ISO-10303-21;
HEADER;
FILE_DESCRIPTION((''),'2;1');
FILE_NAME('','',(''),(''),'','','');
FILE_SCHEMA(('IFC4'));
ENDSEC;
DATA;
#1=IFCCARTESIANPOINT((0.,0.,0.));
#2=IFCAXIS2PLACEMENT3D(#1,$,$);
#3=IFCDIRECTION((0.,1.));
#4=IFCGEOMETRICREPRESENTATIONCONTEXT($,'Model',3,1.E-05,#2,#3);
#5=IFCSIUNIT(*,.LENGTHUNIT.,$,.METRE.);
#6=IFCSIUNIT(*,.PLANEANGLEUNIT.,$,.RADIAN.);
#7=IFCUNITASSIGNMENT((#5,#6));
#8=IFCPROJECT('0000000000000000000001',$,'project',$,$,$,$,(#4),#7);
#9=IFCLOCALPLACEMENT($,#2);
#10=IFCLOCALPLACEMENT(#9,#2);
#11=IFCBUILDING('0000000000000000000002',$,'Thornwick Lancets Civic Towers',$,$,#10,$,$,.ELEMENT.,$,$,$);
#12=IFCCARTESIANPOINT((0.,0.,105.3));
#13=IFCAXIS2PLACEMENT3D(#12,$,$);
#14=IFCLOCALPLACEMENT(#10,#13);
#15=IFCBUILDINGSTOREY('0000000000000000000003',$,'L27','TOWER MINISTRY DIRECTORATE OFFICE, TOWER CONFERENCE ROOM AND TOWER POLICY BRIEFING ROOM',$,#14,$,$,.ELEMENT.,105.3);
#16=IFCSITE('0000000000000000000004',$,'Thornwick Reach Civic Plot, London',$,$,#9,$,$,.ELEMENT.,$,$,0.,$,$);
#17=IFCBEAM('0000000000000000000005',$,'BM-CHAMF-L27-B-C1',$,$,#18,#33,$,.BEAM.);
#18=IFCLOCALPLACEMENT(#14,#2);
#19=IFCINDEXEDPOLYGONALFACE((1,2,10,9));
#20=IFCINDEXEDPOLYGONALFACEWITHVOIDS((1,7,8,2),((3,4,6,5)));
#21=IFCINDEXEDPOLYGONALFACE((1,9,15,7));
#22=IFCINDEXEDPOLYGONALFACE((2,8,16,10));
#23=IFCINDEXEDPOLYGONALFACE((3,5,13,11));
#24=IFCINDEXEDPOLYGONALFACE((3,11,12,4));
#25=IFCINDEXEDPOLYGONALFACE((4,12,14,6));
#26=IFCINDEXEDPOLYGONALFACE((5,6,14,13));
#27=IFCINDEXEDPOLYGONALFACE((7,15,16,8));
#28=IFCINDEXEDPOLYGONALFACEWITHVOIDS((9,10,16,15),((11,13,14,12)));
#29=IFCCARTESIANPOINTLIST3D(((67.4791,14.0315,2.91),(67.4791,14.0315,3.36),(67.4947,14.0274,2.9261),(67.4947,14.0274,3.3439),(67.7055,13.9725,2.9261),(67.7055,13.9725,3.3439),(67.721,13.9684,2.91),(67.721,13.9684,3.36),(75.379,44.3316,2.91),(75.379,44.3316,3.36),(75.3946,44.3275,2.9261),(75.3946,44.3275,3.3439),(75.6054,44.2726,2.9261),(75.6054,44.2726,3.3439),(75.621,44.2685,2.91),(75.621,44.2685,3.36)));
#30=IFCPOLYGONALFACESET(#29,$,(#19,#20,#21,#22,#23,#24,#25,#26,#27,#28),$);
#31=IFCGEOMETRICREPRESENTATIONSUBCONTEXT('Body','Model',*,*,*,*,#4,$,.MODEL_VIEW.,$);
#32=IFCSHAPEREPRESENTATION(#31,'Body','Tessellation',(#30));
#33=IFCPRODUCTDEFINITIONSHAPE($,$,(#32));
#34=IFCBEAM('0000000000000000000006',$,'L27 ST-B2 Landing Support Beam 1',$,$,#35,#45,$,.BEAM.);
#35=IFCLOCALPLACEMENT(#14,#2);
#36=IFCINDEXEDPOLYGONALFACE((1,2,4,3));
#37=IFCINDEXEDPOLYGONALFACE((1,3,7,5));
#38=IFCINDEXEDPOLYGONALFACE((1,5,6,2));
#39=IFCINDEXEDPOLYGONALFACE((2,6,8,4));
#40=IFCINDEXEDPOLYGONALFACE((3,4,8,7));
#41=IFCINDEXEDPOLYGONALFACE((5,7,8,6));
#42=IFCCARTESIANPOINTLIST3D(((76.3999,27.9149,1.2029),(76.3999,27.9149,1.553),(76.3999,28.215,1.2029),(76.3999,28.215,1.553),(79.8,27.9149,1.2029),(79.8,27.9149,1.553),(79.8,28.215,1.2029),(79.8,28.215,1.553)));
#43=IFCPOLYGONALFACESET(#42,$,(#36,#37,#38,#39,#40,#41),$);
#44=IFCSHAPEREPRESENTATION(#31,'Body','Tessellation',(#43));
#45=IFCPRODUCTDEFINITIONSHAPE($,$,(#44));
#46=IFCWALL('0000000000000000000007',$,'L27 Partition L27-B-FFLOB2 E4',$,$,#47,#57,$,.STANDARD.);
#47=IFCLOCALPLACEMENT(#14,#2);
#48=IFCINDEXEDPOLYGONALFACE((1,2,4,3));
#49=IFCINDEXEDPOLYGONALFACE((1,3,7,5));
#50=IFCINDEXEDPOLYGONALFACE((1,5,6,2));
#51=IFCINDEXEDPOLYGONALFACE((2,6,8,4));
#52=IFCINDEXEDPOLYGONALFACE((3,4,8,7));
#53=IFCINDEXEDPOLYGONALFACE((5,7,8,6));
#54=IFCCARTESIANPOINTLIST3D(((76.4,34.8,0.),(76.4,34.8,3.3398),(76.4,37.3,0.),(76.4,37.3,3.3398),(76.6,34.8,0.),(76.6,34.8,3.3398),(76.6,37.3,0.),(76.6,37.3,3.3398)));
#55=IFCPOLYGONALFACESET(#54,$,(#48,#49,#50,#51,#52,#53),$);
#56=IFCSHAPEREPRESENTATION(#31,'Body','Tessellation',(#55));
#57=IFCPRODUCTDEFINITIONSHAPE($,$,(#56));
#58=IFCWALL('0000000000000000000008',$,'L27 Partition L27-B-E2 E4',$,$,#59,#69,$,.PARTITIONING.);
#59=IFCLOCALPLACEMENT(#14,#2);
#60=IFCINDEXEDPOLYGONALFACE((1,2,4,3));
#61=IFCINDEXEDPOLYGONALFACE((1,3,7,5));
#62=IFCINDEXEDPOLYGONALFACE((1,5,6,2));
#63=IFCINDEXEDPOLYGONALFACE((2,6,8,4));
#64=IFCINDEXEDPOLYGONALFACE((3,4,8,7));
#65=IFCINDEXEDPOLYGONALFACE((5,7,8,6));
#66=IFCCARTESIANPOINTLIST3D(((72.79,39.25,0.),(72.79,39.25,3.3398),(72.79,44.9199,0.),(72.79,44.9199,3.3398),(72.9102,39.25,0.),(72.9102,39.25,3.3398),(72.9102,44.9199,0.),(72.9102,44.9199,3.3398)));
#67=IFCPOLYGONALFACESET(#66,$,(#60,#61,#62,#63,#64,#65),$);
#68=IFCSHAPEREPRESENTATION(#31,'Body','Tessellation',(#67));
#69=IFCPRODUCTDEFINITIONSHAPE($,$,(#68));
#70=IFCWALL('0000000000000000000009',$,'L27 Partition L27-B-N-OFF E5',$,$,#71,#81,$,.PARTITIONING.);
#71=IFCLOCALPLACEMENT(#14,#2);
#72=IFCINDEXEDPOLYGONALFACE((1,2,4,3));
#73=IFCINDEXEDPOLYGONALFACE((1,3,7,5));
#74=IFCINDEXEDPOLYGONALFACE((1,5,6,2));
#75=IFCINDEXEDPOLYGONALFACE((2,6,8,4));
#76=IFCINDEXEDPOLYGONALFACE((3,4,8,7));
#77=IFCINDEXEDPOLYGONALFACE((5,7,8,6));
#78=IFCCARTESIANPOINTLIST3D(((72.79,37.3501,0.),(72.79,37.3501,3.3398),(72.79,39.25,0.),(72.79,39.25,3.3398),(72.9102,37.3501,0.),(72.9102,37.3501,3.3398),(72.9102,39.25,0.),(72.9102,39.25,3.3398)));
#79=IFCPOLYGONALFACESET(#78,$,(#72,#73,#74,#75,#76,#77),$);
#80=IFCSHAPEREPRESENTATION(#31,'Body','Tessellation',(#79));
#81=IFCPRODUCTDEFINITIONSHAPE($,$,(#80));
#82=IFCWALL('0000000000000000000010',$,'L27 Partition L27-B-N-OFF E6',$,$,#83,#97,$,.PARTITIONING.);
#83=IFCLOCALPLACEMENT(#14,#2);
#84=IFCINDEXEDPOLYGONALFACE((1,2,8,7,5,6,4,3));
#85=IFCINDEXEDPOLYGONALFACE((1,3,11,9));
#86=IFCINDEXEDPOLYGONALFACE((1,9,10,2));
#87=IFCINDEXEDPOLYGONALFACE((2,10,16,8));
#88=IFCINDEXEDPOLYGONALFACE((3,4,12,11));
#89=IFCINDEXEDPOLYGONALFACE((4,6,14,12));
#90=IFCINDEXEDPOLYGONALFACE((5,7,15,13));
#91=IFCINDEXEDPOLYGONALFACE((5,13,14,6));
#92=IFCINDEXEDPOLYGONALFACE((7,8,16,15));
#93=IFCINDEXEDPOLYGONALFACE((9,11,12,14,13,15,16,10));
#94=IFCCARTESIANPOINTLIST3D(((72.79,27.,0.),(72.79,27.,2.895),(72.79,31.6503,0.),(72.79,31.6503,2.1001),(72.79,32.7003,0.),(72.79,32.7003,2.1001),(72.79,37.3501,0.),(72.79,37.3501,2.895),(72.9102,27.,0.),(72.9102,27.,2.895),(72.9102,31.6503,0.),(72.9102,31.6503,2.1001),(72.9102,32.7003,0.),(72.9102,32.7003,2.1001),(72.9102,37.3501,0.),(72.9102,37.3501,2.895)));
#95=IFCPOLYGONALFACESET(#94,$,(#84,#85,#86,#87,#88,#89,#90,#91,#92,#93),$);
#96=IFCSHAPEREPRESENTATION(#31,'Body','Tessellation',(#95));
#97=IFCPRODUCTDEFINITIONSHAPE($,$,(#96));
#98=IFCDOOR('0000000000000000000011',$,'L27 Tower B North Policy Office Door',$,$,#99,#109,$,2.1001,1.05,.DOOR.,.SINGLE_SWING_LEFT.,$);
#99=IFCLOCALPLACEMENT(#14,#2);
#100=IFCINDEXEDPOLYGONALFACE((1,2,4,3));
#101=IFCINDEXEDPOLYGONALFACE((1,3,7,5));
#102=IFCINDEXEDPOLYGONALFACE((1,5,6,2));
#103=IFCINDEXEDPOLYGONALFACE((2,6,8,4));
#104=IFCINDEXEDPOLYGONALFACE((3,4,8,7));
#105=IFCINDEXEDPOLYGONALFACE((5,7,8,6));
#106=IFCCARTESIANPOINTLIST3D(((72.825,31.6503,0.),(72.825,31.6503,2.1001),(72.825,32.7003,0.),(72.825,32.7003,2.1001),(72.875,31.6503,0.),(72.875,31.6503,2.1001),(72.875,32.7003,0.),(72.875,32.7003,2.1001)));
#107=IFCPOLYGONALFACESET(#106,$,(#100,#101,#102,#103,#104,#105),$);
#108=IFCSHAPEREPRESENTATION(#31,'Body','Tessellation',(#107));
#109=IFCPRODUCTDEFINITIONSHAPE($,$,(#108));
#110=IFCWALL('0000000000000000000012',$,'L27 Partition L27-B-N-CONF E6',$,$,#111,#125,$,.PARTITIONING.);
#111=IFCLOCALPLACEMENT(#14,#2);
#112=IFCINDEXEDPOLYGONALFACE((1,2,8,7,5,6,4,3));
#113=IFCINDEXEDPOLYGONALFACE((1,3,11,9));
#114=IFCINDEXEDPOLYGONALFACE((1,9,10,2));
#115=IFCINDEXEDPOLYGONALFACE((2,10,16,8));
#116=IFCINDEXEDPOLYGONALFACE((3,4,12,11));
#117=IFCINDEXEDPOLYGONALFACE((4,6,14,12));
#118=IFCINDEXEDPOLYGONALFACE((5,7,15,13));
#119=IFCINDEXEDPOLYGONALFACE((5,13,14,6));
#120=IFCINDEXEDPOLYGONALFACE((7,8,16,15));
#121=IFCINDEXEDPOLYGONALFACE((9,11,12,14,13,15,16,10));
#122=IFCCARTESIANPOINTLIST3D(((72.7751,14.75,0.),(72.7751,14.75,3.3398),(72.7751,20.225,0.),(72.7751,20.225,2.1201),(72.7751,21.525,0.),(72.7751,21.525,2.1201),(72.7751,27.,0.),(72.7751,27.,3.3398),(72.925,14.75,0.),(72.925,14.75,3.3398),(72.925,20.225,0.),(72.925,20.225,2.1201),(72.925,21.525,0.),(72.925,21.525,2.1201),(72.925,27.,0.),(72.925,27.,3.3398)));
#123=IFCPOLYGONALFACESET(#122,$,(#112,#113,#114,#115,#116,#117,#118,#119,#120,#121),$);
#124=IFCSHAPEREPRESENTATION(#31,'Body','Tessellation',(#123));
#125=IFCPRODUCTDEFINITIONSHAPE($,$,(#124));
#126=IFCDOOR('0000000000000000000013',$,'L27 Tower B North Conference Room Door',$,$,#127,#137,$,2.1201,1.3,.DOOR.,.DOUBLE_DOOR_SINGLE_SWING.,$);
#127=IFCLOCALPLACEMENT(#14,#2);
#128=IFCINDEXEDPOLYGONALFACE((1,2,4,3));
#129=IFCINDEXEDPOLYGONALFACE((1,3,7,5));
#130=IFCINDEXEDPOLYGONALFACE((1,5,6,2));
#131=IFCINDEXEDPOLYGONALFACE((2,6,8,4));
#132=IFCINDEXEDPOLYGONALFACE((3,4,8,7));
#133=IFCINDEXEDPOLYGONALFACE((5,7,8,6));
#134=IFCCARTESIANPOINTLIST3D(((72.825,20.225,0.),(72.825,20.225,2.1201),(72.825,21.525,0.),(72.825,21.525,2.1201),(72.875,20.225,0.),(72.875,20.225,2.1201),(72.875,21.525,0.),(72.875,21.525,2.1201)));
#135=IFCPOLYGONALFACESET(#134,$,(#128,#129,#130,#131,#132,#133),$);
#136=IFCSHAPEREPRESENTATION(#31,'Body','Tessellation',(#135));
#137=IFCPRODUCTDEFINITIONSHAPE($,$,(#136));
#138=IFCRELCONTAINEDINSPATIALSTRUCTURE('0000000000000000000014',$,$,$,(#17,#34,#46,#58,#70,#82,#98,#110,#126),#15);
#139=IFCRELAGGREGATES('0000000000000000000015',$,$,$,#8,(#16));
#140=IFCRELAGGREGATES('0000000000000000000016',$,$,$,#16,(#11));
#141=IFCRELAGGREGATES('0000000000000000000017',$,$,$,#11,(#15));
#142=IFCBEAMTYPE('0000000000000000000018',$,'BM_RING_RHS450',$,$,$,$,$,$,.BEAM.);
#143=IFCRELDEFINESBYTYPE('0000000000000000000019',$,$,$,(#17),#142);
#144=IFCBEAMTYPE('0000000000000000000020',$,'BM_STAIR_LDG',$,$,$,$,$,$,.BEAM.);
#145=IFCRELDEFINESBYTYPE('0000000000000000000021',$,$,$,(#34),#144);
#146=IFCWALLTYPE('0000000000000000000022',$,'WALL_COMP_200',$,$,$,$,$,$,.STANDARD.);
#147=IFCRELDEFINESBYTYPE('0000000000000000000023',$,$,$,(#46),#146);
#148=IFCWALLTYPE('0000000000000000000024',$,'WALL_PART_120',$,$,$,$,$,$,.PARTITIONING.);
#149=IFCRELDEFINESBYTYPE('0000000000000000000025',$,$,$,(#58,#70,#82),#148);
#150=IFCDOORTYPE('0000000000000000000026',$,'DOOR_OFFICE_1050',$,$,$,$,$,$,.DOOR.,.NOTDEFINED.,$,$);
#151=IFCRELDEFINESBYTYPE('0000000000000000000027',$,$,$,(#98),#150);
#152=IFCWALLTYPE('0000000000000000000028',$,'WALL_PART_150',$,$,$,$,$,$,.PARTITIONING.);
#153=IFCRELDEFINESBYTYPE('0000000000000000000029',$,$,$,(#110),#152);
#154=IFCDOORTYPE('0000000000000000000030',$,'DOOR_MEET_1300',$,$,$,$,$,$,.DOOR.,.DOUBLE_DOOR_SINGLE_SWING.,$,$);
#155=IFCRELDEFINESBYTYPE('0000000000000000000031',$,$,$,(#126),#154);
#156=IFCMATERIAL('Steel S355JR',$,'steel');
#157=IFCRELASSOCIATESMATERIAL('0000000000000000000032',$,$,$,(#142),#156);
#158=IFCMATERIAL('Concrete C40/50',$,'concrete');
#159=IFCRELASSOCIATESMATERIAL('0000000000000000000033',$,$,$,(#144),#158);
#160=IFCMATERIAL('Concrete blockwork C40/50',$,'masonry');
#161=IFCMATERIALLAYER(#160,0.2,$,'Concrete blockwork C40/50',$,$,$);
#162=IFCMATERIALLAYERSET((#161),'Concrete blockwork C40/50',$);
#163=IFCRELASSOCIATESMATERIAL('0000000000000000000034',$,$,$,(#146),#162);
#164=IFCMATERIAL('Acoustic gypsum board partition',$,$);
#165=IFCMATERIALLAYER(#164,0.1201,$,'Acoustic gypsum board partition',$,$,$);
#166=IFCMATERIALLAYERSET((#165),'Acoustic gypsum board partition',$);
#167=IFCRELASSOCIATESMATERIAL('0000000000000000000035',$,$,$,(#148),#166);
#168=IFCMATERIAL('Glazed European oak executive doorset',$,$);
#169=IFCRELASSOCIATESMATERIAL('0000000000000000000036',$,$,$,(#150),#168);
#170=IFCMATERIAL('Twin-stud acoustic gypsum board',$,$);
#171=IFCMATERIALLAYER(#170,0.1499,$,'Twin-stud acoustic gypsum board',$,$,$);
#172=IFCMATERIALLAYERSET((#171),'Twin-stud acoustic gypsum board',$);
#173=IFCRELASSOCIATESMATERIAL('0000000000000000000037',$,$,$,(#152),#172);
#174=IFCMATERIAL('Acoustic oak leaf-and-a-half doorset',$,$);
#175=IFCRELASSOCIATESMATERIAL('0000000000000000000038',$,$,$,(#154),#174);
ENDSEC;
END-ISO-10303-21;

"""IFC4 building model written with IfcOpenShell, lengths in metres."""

from ifc_helpers import new_model, si_unit, direction, frame, frame_2d, origin, origin_2d, place, context, subcontext, project, spatial, rectangle, hollow_rectangle, extrude, material, layer, layer_set, material_profile, profile_set, type_object, element, fill, save


model = new_model("IFC4")

# Units and contexts
model_context = context("Model", 3, precision=1e-05, world=origin(), true_north=direction((0.0, 1.0)))
body_context = subcontext(model_context, "Body", "Model", "MODEL_VIEW")
ifc_project = project(units=[si_unit("LENGTHUNIT", "METRE"), si_unit("PLANEANGLEUNIT", "RADIAN")], contexts=[model_context])

# Site, building, storey
site_placement = place(None, origin())
site = spatial("IfcSite", under=ifc_project, at=site_placement, Name="Thornwick Reach Civic Plot, London", CompositionType="ELEMENT", RefElevation=0.0)
building_placement = place(site_placement, origin())
building = spatial("IfcBuilding", under=site, at=building_placement, Name="Thornwick Lancets Civic Towers", CompositionType="ELEMENT")
storey_placement = place(building_placement, frame((0.0, 0.0, 105.3)))
storey = spatial("IfcBuildingStorey", under=building, at=storey_placement, Name="L27", Description="TOWER MINISTRY DIRECTORATE OFFICE, TOWER CONFERENCE ROOM AND TOWER POLICY BRIEFING ROOM", CompositionType="ELEMENT", Elevation=105.3)

# Beams
ifc_material_1 = material(Name="Steel S355JR", Category="steel")
ifc_material_profile_1 = material_profile(ifc_material_1, hollow_rectangle(XDim=0.25, YDim=0.45, WallThickness=0.0161, at=origin_2d()), Name="RHS 450x250x16")
ifc_profile_set_1 = profile_set([ifc_material_profile_1], Name="Steel S355JR")
beam_type_1 = type_object("IfcBeamType", Name="BM_RING_RHS450", PredefinedType="BEAM", material=ifc_profile_set_1)
beam_1_placement = place(storey_placement, frame((75.5, 44.3, 3.135), z_axis=(-0.252289, -0.967652, 0.0), x_axis=(0.967652, -0.252289, 0.0)))
element("IfcBeam", 1, at=beam_1_placement, inside=storey, type_object=beam_type_1, Name="BM-CHAMF-L27-B-C1", PredefinedType="BEAM", context=body_context, shape_type="SweptSolid", body=[
    extrude(hollow_rectangle(XDim=0.25, YDim=0.45, WallThickness=0.0161, at=origin_2d()), origin(), (0.0, 0.0, 1.0), 31.313),
])
ifc_material_2 = material(Name="Concrete C40/50", Category="concrete")
ifc_material_profile_2 = material_profile(ifc_material_2, rectangle(XDim=0.3, YDim=0.3501, at=origin_2d()), Name="RC 300x350")
ifc_profile_set_2 = profile_set([ifc_material_profile_2], Name="Concrete C40/50")
beam_type_2 = type_object("IfcBeamType", Name="BM_STAIR_LDG", PredefinedType="BEAM", material=ifc_profile_set_2)
beam_2_placement = place(storey_placement, frame((76.3999, 28.0649, 1.3779), z_axis=(1.0, 0.0, 0.0), x_axis=(0.0, 1.0, 0.0)))
element("IfcBeam", 2, at=beam_2_placement, inside=storey, type_object=beam_type_2, Name="L27 ST-B2 Landing Support Beam 1", PredefinedType="BEAM", context=body_context, shape_type="SweptSolid", body=[
    extrude(rectangle(XDim=0.3, YDim=0.3501, at=origin_2d()), origin(), (0.0, 0.0, 1.0), 3.4001),
])

# Walls
ifc_material_3 = material(Name="Concrete blockwork C40/50", Category="masonry")
ifc_layer_1 = layer(ifc_material_3, 0.2, Name="Concrete blockwork C40/50")
ifc_layer_set_1 = layer_set([ifc_layer_1], Name="Concrete blockwork C40/50")
wall_type_1 = type_object("IfcWallType", Name="WALL_COMP_200", PredefinedType="STANDARD", material=ifc_layer_set_1)
wall_1_placement = place(storey_placement, frame((76.5, 37.3, 0.0), z_axis=(0.0, 0.0, 1.0), x_axis=(0.0, -1.0, 0.0)))
element("IfcWall", 3, at=wall_1_placement, inside=storey, type_object=wall_type_1, Name="L27 Partition L27-B-FFLOB2 E4", PredefinedType="STANDARD", context=body_context, shape_type="SweptSolid", body=[
    extrude(rectangle(XDim=2.5, YDim=0.2, at=frame_2d((1.25, 0.0))), origin(), (0.0, 0.0, 1.0), 3.3398),
])
ifc_material_4 = material(Name="Acoustic gypsum board partition")
ifc_layer_2 = layer(ifc_material_4, 0.1201, Name="Acoustic gypsum board partition")
ifc_layer_set_2 = layer_set([ifc_layer_2], Name="Acoustic gypsum board partition")
wall_type_2 = type_object("IfcWallType", Name="WALL_PART_120", PredefinedType="PARTITIONING", material=ifc_layer_set_2)
wall_2_placement = place(storey_placement, frame((72.8501, 39.25, 0.0), z_axis=(0.0, 0.0, 1.0), x_axis=(0.0, 1.0, 0.0)))
element("IfcWall", 4, at=wall_2_placement, inside=storey, type_object=wall_type_2, Name="L27 Partition L27-B-E2 E4", PredefinedType="PARTITIONING", context=body_context, shape_type="SweptSolid", body=[
    extrude(rectangle(XDim=5.6699, YDim=0.1201, at=frame_2d((2.835, 0.0))), origin(), (0.0, 0.0, 1.0), 3.3398),
])
wall_3_placement = place(storey_placement, frame((72.8501, 39.25, 0.0), z_axis=(0.0, 0.0, 1.0), x_axis=(0.0, -1.0, 0.0)))
element("IfcWall", 5, at=wall_3_placement, inside=storey, type_object=wall_type_2, Name="L27 Partition L27-B-N-OFF E5", PredefinedType="PARTITIONING", context=body_context, shape_type="SweptSolid", body=[
    extrude(rectangle(XDim=1.8999, YDim=0.1201, at=frame_2d((0.95, 0.0))), origin(), (0.0, 0.0, 1.0), 3.3398),
])

# Walls, openings, doors
wall_4_placement = place(storey_placement, frame((72.8501, 37.3501, 0.0), z_axis=(0.0, 0.0, 1.0), x_axis=(0.0, -1.0, 0.0)))
wall_4 = element("IfcWall", 6, at=wall_4_placement, inside=storey, type_object=wall_type_2, Name="L27 Partition L27-B-N-OFF E6", PredefinedType="PARTITIONING", context=body_context, shape_type="SweptSolid", body=[
    extrude(rectangle(XDim=10.3501, YDim=0.1201, at=frame_2d((5.175, 0.0))), origin(), (0.0, 0.0, 1.0), 2.895),
])
opening_1_placement = place(wall_4_placement, frame((4.6499, 0.0, 0.0)))
opening_1 = element("IfcOpeningElement", 7, at=opening_1_placement, cuts=wall_4, PredefinedType="OPENING", context=body_context, shape_type="SweptSolid", body=[
    extrude(rectangle(XDim=1.05, YDim=2.1001, at=frame_2d((0.5249, 1.05))), frame((0.0, 0.0701, 0.0), z_axis=(0.0, -1.0, 0.0), x_axis=(1.0, 0.0, 0.0)), (0.0, 0.0, 1.0), 0.1401),
])
ifc_material_5 = material(Name="Glazed European oak executive doorset")
door_type_1 = type_object("IfcDoorType", Name="DOOR_OFFICE_1050", OperationType="NOTDEFINED", PredefinedType="DOOR", material=ifc_material_5)
door_1_placement = place(opening_1_placement, origin())
door_1 = element("IfcDoor", 8, at=door_1_placement, inside=storey, type_object=door_type_1, Name="L27 Tower B North Policy Office Door", OperationType="SINGLE_SWING_LEFT", OverallHeight=2.1001, OverallWidth=1.05, PredefinedType="DOOR", context=body_context, shape_type="SweptSolid", body=[
    extrude(rectangle(XDim=1.05, YDim=2.1001, at=frame_2d((0.5249, 1.05))), frame((0.0, 0.0249, 0.0), z_axis=(0.0, -1.0, 0.0), x_axis=(1.0, 0.0, 0.0)), (0.0, 0.0, 1.0), 0.05),
])
fill(opening_1, door_1)
ifc_material_6 = material(Name="Twin-stud acoustic gypsum board")
ifc_layer_3 = layer(ifc_material_6, 0.1499, Name="Twin-stud acoustic gypsum board")
ifc_layer_set_3 = layer_set([ifc_layer_3], Name="Twin-stud acoustic gypsum board")
wall_type_3 = type_object("IfcWallType", Name="WALL_PART_150", PredefinedType="PARTITIONING", material=ifc_layer_set_3)
wall_5_placement = place(storey_placement, frame((72.8501, 27.0, 0.0), z_axis=(0.0, 0.0, 1.0), x_axis=(0.0, -1.0, 0.0)))
wall_5 = element("IfcWall", 9, at=wall_5_placement, inside=storey, type_object=wall_type_3, Name="L27 Partition L27-B-N-CONF E6", PredefinedType="PARTITIONING", context=body_context, shape_type="SweptSolid", body=[
    extrude(rectangle(XDim=12.25, YDim=0.1499, at=frame_2d((6.125, 0.0))), origin(), (0.0, 0.0, 1.0), 3.3398),
])
opening_2_placement = place(wall_5_placement, frame((5.4751, 0.0, 0.0)))
opening_2 = element("IfcOpeningElement", 10, at=opening_2_placement, cuts=wall_5, PredefinedType="OPENING", context=body_context, shape_type="SweptSolid", body=[
    extrude(rectangle(XDim=1.3, YDim=2.1201, at=frame_2d((0.6499, 1.0601))), frame((0.0, 0.085, 0.0), z_axis=(0.0, -1.0, 0.0), x_axis=(1.0, 0.0, 0.0)), (0.0, 0.0, 1.0), 0.1699),
])
ifc_material_7 = material(Name="Acoustic oak leaf-and-a-half doorset")
door_type_2 = type_object("IfcDoorType", Name="DOOR_MEET_1300", OperationType="DOUBLE_DOOR_SINGLE_SWING", PredefinedType="DOOR", material=ifc_material_7)
door_2_placement = place(opening_2_placement, origin())
door_2 = element("IfcDoor", 11, at=door_2_placement, inside=storey, type_object=door_type_2, Name="L27 Tower B North Conference Room Door", OperationType="DOUBLE_DOOR_SINGLE_SWING", OverallHeight=2.1201, OverallWidth=1.3, PredefinedType="DOOR", context=body_context, shape_type="SweptSolid", body=[
    extrude(rectangle(XDim=1.3, YDim=2.1201, at=frame_2d((0.6499, 1.0601))), frame((0.0, 0.0249, 0.0), z_axis=(0.0, -1.0, 0.0), x_axis=(1.0, 0.0, 0.0)), (0.0, 0.0, 1.0), 0.05),
])
fill(opening_2, door_2)

save(model, "model.ifc")
